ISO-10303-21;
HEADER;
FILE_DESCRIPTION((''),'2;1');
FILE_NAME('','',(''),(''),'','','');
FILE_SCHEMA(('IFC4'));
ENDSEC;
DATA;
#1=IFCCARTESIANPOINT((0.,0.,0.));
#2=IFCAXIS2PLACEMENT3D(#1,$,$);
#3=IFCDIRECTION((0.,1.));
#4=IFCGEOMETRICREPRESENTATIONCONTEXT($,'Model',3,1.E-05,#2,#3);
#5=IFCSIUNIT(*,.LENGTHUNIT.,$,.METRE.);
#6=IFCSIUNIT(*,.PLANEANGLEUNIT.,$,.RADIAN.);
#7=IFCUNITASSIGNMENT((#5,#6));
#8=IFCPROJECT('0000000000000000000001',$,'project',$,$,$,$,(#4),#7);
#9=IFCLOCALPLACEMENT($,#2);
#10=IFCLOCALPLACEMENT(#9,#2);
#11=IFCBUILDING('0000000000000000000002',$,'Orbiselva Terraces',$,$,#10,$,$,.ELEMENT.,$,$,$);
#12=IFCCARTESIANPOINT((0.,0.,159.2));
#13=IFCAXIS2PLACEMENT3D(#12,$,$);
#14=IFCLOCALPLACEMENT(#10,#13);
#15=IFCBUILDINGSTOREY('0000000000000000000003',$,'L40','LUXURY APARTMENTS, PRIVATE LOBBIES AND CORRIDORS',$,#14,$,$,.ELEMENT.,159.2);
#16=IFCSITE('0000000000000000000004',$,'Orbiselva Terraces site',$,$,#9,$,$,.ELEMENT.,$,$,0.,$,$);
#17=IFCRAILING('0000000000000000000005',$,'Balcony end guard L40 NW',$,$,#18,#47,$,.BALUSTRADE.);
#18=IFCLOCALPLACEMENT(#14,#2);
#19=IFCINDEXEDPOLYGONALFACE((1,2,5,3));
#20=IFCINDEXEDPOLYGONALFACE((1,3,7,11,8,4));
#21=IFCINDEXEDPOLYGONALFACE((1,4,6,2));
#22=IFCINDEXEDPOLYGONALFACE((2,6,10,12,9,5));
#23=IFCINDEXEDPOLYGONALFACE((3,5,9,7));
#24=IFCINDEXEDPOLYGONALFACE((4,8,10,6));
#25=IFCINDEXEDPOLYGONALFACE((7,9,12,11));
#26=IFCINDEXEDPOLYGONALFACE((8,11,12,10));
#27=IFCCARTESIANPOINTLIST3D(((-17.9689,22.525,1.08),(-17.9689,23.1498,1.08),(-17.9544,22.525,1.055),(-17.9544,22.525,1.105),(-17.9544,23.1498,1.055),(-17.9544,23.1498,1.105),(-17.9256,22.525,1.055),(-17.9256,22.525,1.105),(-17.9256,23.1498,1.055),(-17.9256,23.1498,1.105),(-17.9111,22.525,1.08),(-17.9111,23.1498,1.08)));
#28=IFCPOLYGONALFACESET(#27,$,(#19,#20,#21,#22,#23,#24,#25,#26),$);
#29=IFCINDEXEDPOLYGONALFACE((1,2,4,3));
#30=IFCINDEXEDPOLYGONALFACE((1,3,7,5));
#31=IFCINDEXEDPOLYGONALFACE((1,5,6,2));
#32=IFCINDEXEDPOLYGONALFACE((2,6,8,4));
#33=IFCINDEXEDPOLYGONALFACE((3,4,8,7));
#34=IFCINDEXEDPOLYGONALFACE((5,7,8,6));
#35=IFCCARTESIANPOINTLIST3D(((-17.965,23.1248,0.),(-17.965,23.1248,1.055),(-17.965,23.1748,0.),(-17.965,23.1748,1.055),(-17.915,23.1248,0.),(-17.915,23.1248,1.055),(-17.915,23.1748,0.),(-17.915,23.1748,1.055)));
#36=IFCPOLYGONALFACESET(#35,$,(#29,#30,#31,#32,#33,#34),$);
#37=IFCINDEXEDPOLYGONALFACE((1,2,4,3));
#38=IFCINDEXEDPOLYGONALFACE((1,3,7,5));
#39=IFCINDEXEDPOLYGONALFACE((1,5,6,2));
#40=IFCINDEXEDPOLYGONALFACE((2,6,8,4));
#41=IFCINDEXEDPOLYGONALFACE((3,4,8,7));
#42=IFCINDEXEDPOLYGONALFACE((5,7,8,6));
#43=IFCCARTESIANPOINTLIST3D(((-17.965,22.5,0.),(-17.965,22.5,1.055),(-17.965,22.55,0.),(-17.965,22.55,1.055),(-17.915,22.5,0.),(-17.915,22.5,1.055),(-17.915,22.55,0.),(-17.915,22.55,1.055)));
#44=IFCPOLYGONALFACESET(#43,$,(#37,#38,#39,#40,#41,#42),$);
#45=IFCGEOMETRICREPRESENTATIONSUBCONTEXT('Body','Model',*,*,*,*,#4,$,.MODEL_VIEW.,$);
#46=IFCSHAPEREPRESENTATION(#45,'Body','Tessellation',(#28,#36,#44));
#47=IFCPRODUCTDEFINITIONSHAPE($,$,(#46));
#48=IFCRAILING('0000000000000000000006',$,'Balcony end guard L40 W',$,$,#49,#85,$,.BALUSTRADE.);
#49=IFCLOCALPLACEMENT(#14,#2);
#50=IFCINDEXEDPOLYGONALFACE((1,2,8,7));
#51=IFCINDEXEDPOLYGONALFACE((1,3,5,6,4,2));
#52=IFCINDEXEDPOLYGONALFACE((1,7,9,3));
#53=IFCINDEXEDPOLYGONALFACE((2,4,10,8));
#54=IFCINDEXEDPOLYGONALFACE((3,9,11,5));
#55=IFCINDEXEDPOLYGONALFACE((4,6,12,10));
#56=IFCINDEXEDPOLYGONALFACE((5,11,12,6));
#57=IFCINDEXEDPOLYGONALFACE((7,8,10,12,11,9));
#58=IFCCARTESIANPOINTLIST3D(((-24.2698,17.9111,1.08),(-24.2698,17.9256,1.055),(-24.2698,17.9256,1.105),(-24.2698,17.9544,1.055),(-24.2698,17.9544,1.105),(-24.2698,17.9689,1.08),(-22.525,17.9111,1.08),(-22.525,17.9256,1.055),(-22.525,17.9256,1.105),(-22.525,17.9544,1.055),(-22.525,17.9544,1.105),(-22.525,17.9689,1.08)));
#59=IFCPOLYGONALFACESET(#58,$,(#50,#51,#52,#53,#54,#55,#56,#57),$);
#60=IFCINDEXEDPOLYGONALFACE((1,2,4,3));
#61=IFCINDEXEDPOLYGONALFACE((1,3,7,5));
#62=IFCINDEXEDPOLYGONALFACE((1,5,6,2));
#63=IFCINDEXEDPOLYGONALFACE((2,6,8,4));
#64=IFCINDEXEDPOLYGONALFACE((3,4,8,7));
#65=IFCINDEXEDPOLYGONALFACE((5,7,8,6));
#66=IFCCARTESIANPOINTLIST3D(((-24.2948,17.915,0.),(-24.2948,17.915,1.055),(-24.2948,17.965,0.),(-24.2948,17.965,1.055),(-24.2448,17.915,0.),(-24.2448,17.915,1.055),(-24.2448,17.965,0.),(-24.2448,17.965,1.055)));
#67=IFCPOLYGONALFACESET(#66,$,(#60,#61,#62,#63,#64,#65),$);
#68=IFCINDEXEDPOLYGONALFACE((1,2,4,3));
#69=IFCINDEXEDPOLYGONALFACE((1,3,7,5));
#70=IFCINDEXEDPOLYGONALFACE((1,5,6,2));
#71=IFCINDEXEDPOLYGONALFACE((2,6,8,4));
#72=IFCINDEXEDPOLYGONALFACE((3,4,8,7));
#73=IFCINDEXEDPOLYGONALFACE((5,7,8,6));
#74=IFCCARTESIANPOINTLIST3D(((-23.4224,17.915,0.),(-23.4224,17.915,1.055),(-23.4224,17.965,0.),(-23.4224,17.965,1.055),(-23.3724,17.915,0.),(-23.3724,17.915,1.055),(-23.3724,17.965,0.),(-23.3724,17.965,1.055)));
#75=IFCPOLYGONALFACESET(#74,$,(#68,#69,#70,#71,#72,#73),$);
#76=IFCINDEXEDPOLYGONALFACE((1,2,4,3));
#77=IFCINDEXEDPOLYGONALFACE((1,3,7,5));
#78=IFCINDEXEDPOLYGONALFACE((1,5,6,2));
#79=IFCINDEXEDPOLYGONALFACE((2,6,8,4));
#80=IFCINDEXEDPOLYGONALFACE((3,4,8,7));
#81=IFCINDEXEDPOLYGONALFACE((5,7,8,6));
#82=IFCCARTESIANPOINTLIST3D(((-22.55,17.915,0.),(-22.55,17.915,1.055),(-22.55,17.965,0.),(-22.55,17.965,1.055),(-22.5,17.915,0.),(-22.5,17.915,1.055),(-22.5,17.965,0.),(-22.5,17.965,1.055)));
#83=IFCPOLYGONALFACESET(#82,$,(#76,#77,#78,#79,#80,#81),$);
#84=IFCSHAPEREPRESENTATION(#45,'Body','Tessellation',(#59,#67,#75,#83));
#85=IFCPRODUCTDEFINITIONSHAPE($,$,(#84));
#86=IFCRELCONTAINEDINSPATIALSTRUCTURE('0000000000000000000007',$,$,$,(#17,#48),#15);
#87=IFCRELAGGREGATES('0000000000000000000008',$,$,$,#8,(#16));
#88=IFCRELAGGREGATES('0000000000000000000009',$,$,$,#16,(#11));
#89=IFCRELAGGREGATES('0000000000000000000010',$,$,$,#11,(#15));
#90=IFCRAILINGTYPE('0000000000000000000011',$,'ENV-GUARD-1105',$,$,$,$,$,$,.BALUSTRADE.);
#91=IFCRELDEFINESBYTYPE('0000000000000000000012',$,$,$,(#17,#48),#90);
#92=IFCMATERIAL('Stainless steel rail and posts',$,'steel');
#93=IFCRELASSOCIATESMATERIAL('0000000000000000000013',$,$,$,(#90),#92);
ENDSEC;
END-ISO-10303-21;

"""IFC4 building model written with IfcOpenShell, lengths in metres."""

from ifc_helpers import new_model, si_unit, direction, frame, origin, origin_2d, place, context, subcontext, project, spatial, polyline, rectangle, outline, extrude, material, type_object, element, save


model = new_model("IFC4")

# Units and contexts
model_context = context("Model", 3, precision=1e-05, world=origin(), true_north=direction((0.0, 1.0)))
body_context = subcontext(model_context, "Body", "Model", "MODEL_VIEW")
ifc_project = project(units=[si_unit("LENGTHUNIT", "METRE"), si_unit("PLANEANGLEUNIT", "RADIAN")], contexts=[model_context])

# Site, building, storey
site_placement = place(None, origin())
site = spatial("IfcSite", under=ifc_project, at=site_placement, Name="Orbiselva Terraces site", CompositionType="ELEMENT", RefElevation=0.0)
building_placement = place(site_placement, origin())
building = spatial("IfcBuilding", under=site, at=building_placement, Name="Orbiselva Terraces", CompositionType="ELEMENT")
storey_placement = place(building_placement, frame((0.0, 0.0, 159.2)))
storey = spatial("IfcBuildingStorey", under=building, at=storey_placement, Name="L40", Description="LUXURY APARTMENTS, PRIVATE LOBBIES AND CORRIDORS", CompositionType="ELEMENT", Elevation=159.2)

# Railings
ifc_material_1 = material(Name="Stainless steel rail and posts", Category="steel")
railing_type_1 = type_object("IfcRailingType", Name="ENV-GUARD-1105", PredefinedType="BALUSTRADE", material=ifc_material_1)
railing_1_placement = place(storey_placement, frame((-17.94, 23.1498, 0.0)))
element("IfcRailing", 1, at=railing_1_placement, inside=storey, type_object=railing_type_1, Name="Balcony end guard L40 NW", PredefinedType="BALUSTRADE", context=body_context, shape_type="SweptSolid", body=[
    extrude(outline(polyline([(0.0289, 0.0), (0.0144, 0.025), (-0.0144, 0.025), (-0.0289, 0.0), (-0.0144, -0.025), (0.0144, -0.025), (0.0289, 0.0)])), frame((0.0, 0.0, 1.08), z_axis=(0.0, -1.0, 0.0), x_axis=(1.0, 0.0, 0.0)), (0.0, 0.0, 1.0), 0.6248),
    extrude(rectangle(XDim=0.05, YDim=0.05, at=origin_2d()), origin(), (0.0, 0.0, 1.0), 1.055),
    extrude(rectangle(XDim=0.05, YDim=0.05, at=origin_2d()), frame((0.0, -0.6248, 0.0)), (0.0, 0.0, 1.0), 1.055),
])
railing_2_placement = place(storey_placement, frame((-24.2698, 17.94, 0.0)))
element("IfcRailing", 2, at=railing_2_placement, inside=storey, type_object=railing_type_1, Name="Balcony end guard L40 W", PredefinedType="BALUSTRADE", context=body_context, shape_type="SweptSolid", body=[
    extrude(outline(polyline([(0.0289, 0.0), (0.0144, 0.025), (-0.0144, 0.025), (-0.0289, 0.0), (-0.0144, -0.025), (0.0144, -0.025), (0.0289, 0.0)])), frame((0.0, 0.0, 1.08), z_axis=(1.0, 0.0, 0.0), x_axis=(0.0, 1.0, 0.0)), (0.0, 0.0, 1.0), 1.7448),
    extrude(rectangle(XDim=0.05, YDim=0.05, at=origin_2d()), origin(), (0.0, 0.0, 1.0), 1.055),
    extrude(rectangle(XDim=0.05, YDim=0.05, at=origin_2d()), frame((0.8724, 0.0, 0.0)), (0.0, 0.0, 1.0), 1.055),
    extrude(rectangle(XDim=0.05, YDim=0.05, at=origin_2d()), frame((1.7448, 0.0, 0.0)), (0.0, 0.0, 1.0), 1.055),
])

save(model, "model.ifc")
